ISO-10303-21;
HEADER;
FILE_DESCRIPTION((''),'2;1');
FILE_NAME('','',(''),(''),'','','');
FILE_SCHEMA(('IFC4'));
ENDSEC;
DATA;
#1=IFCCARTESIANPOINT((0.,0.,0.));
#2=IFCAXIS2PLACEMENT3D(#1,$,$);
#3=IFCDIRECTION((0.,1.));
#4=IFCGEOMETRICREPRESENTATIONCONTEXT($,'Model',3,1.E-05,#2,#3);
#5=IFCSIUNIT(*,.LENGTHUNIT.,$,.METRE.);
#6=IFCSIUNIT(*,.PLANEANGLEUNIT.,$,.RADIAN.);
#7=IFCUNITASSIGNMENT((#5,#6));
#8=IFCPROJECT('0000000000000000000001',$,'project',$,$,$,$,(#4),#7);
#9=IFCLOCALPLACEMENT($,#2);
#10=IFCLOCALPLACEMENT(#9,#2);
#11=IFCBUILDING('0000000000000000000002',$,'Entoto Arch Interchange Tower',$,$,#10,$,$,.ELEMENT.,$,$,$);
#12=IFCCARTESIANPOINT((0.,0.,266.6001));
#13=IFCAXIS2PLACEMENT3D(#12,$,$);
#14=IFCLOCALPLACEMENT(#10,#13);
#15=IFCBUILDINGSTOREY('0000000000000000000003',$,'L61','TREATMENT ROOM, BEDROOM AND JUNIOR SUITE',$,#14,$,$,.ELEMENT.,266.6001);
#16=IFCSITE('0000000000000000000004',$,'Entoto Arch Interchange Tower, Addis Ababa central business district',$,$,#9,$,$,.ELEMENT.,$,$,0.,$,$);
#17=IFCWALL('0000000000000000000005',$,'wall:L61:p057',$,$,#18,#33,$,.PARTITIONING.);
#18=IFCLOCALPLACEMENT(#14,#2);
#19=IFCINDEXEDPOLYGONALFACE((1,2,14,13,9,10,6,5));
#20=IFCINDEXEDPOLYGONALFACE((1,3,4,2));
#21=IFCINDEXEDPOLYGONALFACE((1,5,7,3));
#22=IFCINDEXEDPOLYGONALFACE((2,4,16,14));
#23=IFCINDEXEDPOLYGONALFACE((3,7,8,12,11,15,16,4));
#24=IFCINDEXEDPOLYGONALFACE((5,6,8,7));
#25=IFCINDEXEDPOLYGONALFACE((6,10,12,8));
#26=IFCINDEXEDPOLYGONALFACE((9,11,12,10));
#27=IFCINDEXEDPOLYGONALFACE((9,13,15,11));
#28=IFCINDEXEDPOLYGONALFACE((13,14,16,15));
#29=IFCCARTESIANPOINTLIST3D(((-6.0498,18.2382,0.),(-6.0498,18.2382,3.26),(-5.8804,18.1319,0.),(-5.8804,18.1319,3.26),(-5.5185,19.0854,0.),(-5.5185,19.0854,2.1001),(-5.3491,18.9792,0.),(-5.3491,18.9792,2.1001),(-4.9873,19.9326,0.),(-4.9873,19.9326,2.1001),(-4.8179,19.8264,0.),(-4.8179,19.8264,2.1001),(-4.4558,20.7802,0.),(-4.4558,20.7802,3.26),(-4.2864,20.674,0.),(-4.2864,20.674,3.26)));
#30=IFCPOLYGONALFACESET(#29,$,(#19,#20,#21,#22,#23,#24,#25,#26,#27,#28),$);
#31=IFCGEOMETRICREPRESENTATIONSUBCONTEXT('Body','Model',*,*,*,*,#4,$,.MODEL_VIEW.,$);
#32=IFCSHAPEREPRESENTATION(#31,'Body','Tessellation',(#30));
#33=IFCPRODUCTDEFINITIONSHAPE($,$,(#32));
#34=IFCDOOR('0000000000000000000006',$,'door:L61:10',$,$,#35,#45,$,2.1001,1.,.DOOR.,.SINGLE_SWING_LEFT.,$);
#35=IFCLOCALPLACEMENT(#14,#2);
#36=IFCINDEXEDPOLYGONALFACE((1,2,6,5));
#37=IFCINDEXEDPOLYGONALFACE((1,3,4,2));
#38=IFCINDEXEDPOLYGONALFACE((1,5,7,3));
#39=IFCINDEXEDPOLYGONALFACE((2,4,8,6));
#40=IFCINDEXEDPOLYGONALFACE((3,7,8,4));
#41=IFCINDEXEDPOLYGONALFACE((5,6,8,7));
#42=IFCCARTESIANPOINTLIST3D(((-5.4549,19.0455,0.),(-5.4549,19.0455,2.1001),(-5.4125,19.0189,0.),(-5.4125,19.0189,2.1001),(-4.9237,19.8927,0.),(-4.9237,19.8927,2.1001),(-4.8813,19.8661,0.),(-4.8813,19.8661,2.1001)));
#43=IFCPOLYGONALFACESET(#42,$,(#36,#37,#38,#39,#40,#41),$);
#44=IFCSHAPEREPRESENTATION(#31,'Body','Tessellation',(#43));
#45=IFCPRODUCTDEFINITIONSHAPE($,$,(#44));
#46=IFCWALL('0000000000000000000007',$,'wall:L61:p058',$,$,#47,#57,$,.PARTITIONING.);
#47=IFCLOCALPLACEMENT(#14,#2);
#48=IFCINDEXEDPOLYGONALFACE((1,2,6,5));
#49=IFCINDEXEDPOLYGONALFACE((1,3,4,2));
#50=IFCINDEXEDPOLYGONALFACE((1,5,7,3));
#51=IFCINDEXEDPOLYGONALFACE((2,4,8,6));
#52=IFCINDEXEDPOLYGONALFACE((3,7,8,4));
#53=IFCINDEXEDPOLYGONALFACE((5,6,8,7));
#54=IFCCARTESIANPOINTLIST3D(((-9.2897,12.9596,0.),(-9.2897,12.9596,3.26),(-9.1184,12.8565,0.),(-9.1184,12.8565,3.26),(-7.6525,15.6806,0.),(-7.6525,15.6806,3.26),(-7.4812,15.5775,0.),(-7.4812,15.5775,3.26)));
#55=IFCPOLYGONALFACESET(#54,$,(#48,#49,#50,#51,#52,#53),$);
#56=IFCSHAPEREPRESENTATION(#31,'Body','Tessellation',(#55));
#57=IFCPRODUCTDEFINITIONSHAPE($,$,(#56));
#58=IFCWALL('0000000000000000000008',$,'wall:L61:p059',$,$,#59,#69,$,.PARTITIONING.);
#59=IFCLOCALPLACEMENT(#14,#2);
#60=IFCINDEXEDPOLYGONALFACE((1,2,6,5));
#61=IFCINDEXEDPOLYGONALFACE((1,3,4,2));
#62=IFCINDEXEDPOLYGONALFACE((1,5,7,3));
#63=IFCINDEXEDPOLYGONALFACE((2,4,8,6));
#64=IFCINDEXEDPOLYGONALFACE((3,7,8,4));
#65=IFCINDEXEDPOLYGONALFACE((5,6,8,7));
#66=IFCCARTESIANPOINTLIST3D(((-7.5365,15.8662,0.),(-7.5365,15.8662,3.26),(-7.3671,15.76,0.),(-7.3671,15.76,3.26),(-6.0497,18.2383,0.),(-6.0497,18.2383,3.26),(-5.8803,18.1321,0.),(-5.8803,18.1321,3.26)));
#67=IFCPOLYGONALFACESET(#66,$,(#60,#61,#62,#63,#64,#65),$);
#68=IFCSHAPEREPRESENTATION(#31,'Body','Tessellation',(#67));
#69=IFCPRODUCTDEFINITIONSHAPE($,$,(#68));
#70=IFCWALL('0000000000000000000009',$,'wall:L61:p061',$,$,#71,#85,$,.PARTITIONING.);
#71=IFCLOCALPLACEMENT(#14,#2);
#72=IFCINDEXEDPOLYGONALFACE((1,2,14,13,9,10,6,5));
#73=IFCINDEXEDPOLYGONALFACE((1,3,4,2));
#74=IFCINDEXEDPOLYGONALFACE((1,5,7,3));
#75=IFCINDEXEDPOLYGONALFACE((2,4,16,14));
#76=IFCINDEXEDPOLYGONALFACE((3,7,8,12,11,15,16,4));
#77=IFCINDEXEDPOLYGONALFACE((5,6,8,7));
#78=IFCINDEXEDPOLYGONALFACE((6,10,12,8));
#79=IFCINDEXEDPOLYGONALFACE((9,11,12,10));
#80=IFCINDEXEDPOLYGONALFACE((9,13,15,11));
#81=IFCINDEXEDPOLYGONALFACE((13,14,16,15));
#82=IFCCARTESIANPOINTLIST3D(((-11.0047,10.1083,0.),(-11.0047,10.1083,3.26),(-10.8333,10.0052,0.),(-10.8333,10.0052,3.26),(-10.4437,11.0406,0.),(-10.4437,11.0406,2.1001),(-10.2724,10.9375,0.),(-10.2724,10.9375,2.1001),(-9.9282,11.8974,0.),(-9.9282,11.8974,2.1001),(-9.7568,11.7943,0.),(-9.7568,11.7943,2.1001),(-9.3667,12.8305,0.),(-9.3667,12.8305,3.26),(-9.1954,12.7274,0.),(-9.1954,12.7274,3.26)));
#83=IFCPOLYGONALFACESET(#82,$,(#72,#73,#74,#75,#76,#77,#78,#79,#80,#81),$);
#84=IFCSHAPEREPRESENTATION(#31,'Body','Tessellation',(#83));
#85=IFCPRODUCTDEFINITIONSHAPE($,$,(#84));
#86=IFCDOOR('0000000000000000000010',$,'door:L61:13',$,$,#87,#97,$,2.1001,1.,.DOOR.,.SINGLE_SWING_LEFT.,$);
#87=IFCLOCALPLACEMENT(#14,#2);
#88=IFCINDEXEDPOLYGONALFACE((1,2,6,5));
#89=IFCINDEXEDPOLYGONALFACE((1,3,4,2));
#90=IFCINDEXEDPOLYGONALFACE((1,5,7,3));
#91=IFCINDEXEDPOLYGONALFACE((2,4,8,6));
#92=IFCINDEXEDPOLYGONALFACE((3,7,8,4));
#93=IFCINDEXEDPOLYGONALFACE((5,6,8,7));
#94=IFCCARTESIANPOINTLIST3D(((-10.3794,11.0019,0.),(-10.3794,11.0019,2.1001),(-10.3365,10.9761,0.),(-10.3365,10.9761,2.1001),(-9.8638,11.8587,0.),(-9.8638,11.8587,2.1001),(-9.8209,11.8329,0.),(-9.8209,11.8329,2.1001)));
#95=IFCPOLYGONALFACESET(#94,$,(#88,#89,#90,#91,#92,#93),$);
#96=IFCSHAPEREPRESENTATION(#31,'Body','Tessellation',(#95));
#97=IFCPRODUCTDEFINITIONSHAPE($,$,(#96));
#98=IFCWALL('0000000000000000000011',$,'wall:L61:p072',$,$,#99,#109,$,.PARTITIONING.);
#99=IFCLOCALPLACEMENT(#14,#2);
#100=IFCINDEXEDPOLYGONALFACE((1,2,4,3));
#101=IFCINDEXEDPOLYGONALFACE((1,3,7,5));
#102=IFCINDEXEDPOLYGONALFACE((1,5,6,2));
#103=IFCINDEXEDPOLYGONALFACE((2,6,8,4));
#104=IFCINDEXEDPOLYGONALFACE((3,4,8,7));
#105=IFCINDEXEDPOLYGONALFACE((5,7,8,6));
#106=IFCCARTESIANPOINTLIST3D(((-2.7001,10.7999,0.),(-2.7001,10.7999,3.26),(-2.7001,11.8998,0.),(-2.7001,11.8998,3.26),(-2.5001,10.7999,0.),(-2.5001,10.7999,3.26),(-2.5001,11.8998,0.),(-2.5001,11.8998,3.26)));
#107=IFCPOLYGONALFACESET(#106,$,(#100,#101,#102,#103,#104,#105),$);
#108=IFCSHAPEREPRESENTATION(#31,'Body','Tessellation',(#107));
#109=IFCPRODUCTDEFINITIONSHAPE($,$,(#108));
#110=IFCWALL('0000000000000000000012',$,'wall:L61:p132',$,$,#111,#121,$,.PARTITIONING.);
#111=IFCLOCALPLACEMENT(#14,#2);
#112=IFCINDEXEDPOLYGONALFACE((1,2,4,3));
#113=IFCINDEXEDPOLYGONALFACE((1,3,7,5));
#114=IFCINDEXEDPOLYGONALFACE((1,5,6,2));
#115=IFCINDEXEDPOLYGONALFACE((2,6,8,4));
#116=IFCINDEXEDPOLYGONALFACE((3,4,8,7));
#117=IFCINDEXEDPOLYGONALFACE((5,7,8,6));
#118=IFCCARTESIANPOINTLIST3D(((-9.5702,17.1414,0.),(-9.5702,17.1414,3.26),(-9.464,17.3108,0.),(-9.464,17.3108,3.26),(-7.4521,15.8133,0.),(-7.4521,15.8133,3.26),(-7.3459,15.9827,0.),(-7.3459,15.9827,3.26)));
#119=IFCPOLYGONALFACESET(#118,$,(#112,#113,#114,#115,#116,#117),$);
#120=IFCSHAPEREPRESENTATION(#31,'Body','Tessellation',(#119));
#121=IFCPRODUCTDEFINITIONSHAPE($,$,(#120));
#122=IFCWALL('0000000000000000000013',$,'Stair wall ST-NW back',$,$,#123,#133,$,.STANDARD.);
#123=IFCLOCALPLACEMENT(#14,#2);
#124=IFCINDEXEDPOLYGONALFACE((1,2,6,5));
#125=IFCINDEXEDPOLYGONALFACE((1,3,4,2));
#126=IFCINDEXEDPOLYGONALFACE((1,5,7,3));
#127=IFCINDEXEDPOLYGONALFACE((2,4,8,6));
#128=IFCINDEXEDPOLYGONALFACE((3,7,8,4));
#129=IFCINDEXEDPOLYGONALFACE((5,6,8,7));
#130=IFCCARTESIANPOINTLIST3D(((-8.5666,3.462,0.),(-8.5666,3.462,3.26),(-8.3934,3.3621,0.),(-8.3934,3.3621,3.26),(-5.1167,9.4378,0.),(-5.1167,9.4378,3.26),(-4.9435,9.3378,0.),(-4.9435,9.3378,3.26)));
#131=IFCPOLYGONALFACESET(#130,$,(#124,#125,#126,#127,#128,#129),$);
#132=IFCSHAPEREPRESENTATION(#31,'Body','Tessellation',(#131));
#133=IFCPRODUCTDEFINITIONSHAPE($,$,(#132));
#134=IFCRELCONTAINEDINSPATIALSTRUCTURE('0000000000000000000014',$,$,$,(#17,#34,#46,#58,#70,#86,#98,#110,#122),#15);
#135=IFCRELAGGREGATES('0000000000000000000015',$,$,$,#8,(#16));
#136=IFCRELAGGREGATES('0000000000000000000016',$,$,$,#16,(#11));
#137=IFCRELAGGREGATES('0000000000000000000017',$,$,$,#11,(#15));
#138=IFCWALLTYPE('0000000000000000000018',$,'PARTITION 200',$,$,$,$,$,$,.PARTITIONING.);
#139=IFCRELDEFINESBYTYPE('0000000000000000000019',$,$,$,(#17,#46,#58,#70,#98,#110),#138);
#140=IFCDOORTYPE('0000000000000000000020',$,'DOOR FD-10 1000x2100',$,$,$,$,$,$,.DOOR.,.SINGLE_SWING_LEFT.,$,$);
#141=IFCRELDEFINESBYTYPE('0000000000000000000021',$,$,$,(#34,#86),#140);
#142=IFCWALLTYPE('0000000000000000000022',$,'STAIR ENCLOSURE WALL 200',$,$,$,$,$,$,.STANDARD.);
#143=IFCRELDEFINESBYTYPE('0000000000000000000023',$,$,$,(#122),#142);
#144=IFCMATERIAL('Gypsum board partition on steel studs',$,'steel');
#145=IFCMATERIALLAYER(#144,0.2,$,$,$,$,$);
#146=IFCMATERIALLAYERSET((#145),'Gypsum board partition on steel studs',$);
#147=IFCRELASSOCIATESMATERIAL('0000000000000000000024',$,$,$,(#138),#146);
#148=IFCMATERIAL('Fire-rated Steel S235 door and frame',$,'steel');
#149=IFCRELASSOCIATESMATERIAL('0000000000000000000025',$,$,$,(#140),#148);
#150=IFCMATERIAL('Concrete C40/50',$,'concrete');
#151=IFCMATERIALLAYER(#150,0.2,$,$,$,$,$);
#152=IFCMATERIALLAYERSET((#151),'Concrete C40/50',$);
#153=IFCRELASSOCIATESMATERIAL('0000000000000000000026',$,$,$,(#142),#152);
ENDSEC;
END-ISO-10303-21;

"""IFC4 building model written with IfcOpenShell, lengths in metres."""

from ifc_helpers import new_model, si_unit, direction, frame, frame_2d, origin, place, context, subcontext, project, spatial, rectangle, extrude, material, layer, layer_set, type_object, element, fill, save


model = new_model("IFC4")

# Units and contexts
model_context = context("Model", 3, precision=1e-05, world=origin(), true_north=direction((0.0, 1.0)))
body_context = subcontext(model_context, "Body", "Model", "MODEL_VIEW")
ifc_project = project(units=[si_unit("LENGTHUNIT", "METRE"), si_unit("PLANEANGLEUNIT", "RADIAN")], contexts=[model_context])

# Site, building, storey
site_placement = place(None, origin())
site = spatial("IfcSite", under=ifc_project, at=site_placement, Name="Entoto Arch Interchange Tower, Addis Ababa central business district", CompositionType="ELEMENT", RefElevation=0.0)
building_placement = place(site_placement, origin())
building = spatial("IfcBuilding", under=site, at=building_placement, Name="Entoto Arch Interchange Tower", CompositionType="ELEMENT")
storey_placement = place(building_placement, frame((0.0, 0.0, 266.6001)))
storey = spatial("IfcBuildingStorey", under=building, at=storey_placement, Name="L61", Description="TREATMENT ROOM, BEDROOM AND JUNIOR SUITE", CompositionType="ELEMENT", Elevation=266.6001)

# Shared definitions
ifc_material_1 = material(Name="Concrete C40/50", Category="concrete")

# Shared definitions
ifc_material_2 = material(Name="Gypsum board partition on steel studs", Category="steel")
ifc_layer_1 = layer(ifc_material_2, 0.2)
ifc_layer_set_1 = layer_set([ifc_layer_1], Name="Gypsum board partition on steel studs")
wall_type_1 = type_object("IfcWallType", Name="PARTITION 200", PredefinedType="PARTITIONING", material=ifc_layer_set_1)

# Wall, opening, door
wall_1_placement = place(storey_placement, frame((-5.9651, 18.1851, 0.0), z_axis=(0.0, 0.0, 1.0), x_axis=(0.531256, 0.847211, 0.0)))
wall_1 = element("IfcWall", 1, at=wall_1_placement, inside=storey, type_object=wall_type_1, Name="wall:L61:p057", PredefinedType="PARTITIONING", context=body_context, shape_type="SweptSolid", body=[
    extrude(rectangle(XDim=3.0005, YDim=0.2, at=frame_2d((1.5002, 0.0))), origin(), (0.0, 0.0, 1.0), 3.26),
])
opening_1_placement = place(wall_1_placement, frame((1.0, 0.0, 0.0)))
opening_1 = element("IfcOpeningElement", 2, at=opening_1_placement, cuts=wall_1, PredefinedType="OPENING", context=body_context, shape_type="SweptSolid", body=[
    extrude(rectangle(XDim=1.0, YDim=2.1001, at=frame_2d((0.5, 1.05))), frame((0.0, 0.1099, 0.0), z_axis=(0.0, -1.0, 0.0), x_axis=(1.0, 0.0, 0.0)), (0.0, 0.0, 1.0), 0.22),
])
ifc_material_3 = material(Name="Fire-rated Steel S235 door and frame", Category="steel")
door_type_1 = type_object("IfcDoorType", Name="DOOR FD-10 1000x2100", OperationType="SINGLE_SWING_LEFT", PredefinedType="DOOR", material=ifc_material_3)
door_1_placement = place(opening_1_placement, origin())
door_1 = element("IfcDoor", 3, at=door_1_placement, inside=storey, type_object=door_type_1, Name="door:L61:10", OperationType="SINGLE_SWING_LEFT", OverallHeight=2.1001, OverallWidth=1.0, PredefinedType="DOOR", context=body_context, shape_type="SweptSolid", body=[
    extrude(rectangle(XDim=1.0, YDim=2.1001, at=frame_2d((0.5, 1.05))), frame((0.0, 0.0249, 0.0), z_axis=(0.0, -1.0, 0.0), x_axis=(1.0, 0.0, 0.0)), (0.0, 0.0, 1.0), 0.05),
])
fill(opening_1, door_1)

# Walls
wall_2_placement = place(storey_placement, frame((-9.2041, 12.908, 0.0), z_axis=(0.0, 0.0, 1.0), x_axis=(0.515569, 0.856848, 0.0)))
element("IfcWall", 4, at=wall_2_placement, inside=storey, type_object=wall_type_1, Name="wall:L61:p058", PredefinedType="PARTITIONING", context=body_context, shape_type="SweptSolid", body=[
    extrude(rectangle(XDim=3.1755, YDim=0.2, at=frame_2d((1.5879, 0.0))), origin(), (0.0, 0.0, 1.0), 3.26),
])
wall_3_placement = place(storey_placement, frame((-7.4519, 15.813, 0.0), z_axis=(0.0, 0.0, 1.0), x_axis=(0.531096, 0.847312, 0.0)))
element("IfcWall", 5, at=wall_3_placement, inside=storey, type_object=wall_type_1, Name="wall:L61:p059", PredefinedType="PARTITIONING", context=body_context, shape_type="SweptSolid", body=[
    extrude(rectangle(XDim=2.7996, YDim=0.2, at=frame_2d((1.3999, 0.0))), origin(), (0.0, 0.0, 1.0), 3.26),
])

# Wall, opening, door
wall_4_placement = place(storey_placement, frame((-10.9189, 10.0569, 0.0), z_axis=(0.0, 0.0, 1.0), x_axis=(0.515569, 0.856848, 0.0)))
wall_4 = element("IfcWall", 6, at=wall_4_placement, inside=storey, type_object=wall_type_1, Name="wall:L61:p061", PredefinedType="PARTITIONING", context=body_context, shape_type="SweptSolid", body=[
    extrude(rectangle(XDim=3.177, YDim=0.2, at=frame_2d((1.5884, 0.0))), origin(), (0.0, 0.0, 1.0), 3.26),
])
opening_2_placement = place(wall_4_placement, frame((1.0879, 0.0, 0.0)))
opening_2 = element("IfcOpeningElement", 7, at=opening_2_placement, cuts=wall_4, PredefinedType="OPENING", context=body_context, shape_type="SweptSolid", body=[
    extrude(rectangle(XDim=1.0, YDim=2.1001, at=frame_2d((0.5, 1.05))), frame((0.0, 0.1099, 0.0), z_axis=(0.0, -1.0, 0.0), x_axis=(1.0, 0.0, 0.0)), (0.0, 0.0, 1.0), 0.22),
])
door_2_placement = place(opening_2_placement, origin())
door_2 = element("IfcDoor", 8, at=door_2_placement, inside=storey, type_object=door_type_1, Name="door:L61:13", OperationType="SINGLE_SWING_LEFT", OverallHeight=2.1001, OverallWidth=1.0, PredefinedType="DOOR", context=body_context, shape_type="SweptSolid", body=[
    extrude(rectangle(XDim=1.0, YDim=2.1001, at=frame_2d((0.5, 1.05))), frame((0.0, 0.0249, 0.0), z_axis=(0.0, -1.0, 0.0), x_axis=(1.0, 0.0, 0.0)), (0.0, 0.0, 1.0), 0.05),
])
fill(opening_2, door_2)

# Walls
wall_5_placement = place(storey_placement, frame((-2.6001, 10.8, 0.0), z_axis=(0.0, 0.0, 1.0), x_axis=(0.0, 1.0, 0.0)))
element("IfcWall", 9, at=wall_5_placement, inside=storey, type_object=wall_type_1, Name="wall:L61:p072", PredefinedType="PARTITIONING", context=body_context, shape_type="SweptSolid", body=[
    extrude(rectangle(XDim=1.0999, YDim=0.2, at=frame_2d((0.5498, 0.0))), origin(), (0.0, 0.0, 1.0), 3.26),
])
wall_6_placement = place(storey_placement, frame((-9.5171, 17.2261, 0.0), z_axis=(0.0, 0.0, 1.0), x_axis=(0.847229, -0.531227, 0.0)))
element("IfcWall", 10, at=wall_6_placement, inside=storey, type_object=wall_type_1, Name="wall:L61:p132", PredefinedType="PARTITIONING", context=body_context, shape_type="SweptSolid", body=[
    extrude(rectangle(XDim=2.5, YDim=0.2, at=frame_2d((1.25, 0.0))), origin(), (0.0, 0.0, 1.0), 3.26),
])
ifc_layer_2 = layer(ifc_material_1, 0.2)
ifc_layer_set_2 = layer_set([ifc_layer_2], Name="Concrete C40/50")
wall_type_2 = type_object("IfcWallType", Name="STAIR ENCLOSURE WALL 200", PredefinedType="STANDARD", material=ifc_layer_set_2)
wall_7_placement = place(storey_placement, frame((-5.03, 9.3879, 0.0), z_axis=(0.0, 0.0, 1.0), x_axis=(-0.499979, -0.866038, 0.0)))
element("IfcWall", 11, at=wall_7_placement, inside=storey, type_object=wall_type_2, Name="Stair wall ST-NW back", PredefinedType="STANDARD", context=body_context, shape_type="SweptSolid", body=[
    extrude(rectangle(XDim=6.9001, YDim=0.2, at=frame_2d((3.4502, 0.0))), origin(), (0.0, 0.0, 1.0), 3.26),
])

save(model, "model.ifc")
